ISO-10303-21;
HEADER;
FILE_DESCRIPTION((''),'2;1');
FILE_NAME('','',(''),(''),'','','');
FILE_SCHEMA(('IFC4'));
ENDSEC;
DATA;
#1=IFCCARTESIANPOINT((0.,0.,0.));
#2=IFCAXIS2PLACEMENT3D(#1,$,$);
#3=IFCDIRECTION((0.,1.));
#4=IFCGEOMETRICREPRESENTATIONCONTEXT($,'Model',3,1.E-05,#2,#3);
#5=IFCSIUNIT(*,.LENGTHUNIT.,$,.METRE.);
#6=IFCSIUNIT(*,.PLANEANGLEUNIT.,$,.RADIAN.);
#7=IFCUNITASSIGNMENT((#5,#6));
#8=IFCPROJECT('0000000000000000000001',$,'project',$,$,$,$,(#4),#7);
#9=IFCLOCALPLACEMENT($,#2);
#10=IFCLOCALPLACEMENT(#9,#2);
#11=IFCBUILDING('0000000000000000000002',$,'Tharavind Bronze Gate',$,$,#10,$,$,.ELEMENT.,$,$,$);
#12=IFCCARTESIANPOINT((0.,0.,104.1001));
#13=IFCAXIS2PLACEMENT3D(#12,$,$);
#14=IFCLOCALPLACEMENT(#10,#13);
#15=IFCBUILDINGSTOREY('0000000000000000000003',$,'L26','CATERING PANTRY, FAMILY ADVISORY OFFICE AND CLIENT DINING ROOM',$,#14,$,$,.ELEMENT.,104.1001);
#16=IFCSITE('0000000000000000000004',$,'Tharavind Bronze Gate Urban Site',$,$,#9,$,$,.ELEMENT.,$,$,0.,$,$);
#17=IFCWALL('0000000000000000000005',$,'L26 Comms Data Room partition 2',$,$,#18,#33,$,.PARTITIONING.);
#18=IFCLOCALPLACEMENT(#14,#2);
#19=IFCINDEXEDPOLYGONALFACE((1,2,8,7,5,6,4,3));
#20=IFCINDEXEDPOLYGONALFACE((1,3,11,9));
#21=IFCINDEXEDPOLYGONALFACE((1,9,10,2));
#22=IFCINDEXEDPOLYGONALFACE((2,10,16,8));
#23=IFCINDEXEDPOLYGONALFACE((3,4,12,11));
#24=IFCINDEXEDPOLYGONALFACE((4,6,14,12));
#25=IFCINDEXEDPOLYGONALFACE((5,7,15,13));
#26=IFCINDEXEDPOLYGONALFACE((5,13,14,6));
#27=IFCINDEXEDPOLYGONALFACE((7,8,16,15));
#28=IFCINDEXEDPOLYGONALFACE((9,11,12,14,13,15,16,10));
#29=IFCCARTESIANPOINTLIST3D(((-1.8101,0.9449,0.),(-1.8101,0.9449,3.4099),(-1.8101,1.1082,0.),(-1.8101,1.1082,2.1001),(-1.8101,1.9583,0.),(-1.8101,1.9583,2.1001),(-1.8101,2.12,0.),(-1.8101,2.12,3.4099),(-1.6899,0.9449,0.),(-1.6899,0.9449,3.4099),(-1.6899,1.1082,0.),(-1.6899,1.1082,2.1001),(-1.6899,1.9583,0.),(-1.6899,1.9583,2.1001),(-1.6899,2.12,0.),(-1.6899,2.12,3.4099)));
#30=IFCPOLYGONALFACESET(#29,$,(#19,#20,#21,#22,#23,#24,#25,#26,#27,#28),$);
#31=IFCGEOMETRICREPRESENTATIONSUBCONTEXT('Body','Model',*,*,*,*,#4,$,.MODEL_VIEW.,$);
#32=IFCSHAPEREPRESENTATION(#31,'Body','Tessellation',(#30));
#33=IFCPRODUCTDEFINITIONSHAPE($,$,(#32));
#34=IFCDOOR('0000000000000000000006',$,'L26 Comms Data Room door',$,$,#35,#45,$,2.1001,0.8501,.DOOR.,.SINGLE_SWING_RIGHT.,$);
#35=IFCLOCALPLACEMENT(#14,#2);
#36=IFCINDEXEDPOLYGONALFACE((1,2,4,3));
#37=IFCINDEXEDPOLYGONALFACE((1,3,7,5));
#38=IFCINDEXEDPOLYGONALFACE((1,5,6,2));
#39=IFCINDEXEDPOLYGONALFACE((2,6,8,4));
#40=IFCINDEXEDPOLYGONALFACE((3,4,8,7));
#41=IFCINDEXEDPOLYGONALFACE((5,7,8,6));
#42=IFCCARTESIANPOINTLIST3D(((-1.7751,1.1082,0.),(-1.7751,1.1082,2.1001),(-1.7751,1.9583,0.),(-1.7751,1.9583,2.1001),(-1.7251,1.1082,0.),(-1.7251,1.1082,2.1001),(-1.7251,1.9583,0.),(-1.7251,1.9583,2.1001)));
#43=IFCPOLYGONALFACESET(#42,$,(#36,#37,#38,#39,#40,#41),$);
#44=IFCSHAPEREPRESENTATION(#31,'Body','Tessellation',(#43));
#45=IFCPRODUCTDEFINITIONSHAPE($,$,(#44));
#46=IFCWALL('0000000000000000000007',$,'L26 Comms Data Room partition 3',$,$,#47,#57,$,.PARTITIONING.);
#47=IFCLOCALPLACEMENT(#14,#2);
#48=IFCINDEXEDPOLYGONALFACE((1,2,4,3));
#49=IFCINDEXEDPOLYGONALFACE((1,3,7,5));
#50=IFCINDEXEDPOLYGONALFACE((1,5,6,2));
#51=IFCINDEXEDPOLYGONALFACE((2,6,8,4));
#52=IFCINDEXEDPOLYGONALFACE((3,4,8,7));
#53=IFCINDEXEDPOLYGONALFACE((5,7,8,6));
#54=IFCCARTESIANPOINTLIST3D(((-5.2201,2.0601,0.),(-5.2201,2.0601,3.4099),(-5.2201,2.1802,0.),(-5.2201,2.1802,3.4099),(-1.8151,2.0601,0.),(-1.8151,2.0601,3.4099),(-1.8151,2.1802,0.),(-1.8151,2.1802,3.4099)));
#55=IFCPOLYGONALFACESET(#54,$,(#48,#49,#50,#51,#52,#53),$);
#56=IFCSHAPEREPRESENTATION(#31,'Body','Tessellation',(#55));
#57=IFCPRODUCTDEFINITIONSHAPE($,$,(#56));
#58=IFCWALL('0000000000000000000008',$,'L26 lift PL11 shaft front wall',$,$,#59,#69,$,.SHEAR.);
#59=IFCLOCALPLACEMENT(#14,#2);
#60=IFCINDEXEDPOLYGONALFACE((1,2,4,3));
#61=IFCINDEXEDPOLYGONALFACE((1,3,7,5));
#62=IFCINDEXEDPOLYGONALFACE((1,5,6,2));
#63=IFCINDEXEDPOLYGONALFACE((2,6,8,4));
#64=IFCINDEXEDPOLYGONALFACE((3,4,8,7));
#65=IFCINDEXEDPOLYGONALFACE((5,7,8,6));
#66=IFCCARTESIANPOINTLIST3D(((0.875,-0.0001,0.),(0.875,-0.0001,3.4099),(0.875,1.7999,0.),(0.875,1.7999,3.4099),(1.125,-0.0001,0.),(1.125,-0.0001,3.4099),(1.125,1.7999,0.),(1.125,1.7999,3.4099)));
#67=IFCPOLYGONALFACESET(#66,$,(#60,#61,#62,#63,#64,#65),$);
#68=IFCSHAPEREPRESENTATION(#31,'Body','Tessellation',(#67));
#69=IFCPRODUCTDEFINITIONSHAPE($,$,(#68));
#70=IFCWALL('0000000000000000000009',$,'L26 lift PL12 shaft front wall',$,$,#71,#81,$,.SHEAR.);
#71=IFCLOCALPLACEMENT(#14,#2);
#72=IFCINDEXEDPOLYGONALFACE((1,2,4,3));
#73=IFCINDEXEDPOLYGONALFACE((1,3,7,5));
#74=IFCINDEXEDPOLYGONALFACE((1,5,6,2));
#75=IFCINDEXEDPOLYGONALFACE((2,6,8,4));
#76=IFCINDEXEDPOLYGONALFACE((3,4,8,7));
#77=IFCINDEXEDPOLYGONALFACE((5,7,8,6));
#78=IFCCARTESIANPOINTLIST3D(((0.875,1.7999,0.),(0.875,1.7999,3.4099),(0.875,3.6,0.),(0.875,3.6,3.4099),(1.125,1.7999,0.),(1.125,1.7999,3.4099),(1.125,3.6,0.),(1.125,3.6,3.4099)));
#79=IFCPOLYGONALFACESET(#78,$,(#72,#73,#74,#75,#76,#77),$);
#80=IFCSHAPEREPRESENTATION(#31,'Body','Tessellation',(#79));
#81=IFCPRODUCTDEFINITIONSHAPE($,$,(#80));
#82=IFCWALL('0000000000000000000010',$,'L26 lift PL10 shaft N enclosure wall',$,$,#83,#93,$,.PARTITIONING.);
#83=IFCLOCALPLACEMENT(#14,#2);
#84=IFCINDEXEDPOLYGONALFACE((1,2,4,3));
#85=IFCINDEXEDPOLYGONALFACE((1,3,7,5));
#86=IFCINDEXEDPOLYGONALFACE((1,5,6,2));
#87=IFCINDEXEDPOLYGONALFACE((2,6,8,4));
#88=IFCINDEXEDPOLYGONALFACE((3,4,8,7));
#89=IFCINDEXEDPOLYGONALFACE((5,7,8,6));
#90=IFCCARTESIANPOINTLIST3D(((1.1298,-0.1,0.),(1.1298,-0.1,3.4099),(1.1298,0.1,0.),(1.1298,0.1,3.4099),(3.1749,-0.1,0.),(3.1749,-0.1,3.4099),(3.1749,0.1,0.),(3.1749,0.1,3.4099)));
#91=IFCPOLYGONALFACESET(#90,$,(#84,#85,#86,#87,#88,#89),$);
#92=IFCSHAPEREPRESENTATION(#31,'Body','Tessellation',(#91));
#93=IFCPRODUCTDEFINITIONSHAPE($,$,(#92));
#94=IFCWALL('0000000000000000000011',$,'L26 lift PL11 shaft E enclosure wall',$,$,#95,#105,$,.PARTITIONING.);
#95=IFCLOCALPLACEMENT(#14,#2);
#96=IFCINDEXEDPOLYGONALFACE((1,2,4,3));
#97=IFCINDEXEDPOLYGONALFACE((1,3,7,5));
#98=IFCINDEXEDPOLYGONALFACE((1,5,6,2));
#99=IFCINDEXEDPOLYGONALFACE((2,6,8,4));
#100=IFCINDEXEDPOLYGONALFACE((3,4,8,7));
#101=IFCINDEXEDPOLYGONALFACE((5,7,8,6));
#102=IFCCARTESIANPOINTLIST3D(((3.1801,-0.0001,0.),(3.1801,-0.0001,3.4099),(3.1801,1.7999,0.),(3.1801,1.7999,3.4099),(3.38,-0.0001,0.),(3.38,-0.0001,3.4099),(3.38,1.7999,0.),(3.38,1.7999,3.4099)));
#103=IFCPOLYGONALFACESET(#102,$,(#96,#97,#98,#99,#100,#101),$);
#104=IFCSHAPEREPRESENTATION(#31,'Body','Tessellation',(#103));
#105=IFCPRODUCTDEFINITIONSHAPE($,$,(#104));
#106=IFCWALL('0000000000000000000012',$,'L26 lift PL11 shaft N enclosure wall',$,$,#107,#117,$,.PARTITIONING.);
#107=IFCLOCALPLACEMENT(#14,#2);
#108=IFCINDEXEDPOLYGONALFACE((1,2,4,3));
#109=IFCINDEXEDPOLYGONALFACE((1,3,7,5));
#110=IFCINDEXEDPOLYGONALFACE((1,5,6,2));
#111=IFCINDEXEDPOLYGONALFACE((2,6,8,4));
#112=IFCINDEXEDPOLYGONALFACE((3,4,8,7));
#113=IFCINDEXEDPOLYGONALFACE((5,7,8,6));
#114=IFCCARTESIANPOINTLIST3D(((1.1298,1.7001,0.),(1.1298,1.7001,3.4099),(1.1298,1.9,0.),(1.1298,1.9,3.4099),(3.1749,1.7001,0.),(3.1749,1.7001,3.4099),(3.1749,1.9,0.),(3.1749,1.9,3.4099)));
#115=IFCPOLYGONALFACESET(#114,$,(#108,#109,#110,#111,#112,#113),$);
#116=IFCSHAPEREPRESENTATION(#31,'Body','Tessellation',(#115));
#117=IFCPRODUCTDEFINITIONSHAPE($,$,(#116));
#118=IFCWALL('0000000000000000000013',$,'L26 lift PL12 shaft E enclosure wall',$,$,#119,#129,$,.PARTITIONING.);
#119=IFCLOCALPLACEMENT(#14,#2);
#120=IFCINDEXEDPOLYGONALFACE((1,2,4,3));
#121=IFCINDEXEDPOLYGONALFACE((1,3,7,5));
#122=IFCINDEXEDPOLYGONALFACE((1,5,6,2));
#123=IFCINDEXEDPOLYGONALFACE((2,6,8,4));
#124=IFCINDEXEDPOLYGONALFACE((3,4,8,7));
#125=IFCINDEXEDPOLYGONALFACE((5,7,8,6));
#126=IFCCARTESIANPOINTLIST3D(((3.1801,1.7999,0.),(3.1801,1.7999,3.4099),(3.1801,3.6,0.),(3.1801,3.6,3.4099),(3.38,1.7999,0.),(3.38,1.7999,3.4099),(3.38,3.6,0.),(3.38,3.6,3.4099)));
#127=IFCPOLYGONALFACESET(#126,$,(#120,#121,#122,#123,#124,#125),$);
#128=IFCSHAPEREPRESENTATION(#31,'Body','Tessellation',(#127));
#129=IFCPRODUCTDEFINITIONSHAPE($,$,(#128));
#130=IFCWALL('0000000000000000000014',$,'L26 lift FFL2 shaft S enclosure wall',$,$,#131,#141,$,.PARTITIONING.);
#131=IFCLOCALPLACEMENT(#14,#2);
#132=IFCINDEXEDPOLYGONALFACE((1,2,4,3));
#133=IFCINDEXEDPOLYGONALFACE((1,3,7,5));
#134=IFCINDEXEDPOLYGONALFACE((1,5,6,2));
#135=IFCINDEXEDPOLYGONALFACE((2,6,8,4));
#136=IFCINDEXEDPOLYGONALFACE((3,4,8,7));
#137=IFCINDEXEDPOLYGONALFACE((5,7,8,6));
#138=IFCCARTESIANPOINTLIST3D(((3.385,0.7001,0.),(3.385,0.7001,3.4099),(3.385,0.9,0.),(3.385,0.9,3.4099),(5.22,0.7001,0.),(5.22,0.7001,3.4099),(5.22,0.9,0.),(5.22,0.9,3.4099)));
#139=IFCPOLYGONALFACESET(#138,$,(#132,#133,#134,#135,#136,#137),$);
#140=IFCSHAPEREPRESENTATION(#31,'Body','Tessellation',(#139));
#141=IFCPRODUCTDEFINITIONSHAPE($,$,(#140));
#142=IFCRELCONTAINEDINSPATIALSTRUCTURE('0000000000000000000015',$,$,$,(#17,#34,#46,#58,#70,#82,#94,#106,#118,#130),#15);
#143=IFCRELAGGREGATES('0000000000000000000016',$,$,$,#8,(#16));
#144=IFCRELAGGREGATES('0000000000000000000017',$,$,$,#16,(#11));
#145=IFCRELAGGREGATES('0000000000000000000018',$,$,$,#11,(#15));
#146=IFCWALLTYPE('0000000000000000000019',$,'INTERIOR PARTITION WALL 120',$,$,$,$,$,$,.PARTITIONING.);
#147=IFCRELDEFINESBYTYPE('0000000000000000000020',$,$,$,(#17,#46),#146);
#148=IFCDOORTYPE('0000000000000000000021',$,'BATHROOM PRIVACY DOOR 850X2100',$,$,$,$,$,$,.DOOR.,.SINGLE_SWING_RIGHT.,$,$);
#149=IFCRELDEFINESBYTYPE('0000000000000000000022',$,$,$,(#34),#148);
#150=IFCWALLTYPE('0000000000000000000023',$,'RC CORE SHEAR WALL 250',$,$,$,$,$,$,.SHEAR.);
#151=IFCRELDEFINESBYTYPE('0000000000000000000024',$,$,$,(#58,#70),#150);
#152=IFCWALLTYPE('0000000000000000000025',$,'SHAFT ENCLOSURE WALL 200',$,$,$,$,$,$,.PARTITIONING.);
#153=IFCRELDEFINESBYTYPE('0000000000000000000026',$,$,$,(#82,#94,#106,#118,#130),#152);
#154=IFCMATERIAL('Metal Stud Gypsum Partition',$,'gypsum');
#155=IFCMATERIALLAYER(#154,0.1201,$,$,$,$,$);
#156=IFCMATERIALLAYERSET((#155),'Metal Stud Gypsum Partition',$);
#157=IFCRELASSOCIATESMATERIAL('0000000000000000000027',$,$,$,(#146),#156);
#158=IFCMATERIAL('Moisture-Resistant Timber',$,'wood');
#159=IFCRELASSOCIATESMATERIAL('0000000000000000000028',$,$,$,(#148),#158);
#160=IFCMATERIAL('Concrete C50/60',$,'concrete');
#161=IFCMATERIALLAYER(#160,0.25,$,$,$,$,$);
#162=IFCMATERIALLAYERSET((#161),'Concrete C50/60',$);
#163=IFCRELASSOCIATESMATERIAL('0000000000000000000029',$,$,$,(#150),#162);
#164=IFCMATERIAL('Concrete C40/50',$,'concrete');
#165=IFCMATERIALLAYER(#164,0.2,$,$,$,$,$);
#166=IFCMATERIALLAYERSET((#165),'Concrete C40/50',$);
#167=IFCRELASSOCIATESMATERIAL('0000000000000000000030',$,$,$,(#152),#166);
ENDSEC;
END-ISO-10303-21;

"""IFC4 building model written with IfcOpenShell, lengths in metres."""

from ifc_helpers import new_model, si_unit, direction, frame, frame_2d, origin, place, context, subcontext, project, spatial, rectangle, extrude, material, layer, layer_set, type_object, element, fill, save


model = new_model("IFC4")

# Units and contexts
model_context = context("Model", 3, precision=1e-05, world=origin(), true_north=direction((0.0, 1.0)))
body_context = subcontext(model_context, "Body", "Model", "MODEL_VIEW")
ifc_project = project(units=[si_unit("LENGTHUNIT", "METRE"), si_unit("PLANEANGLEUNIT", "RADIAN")], contexts=[model_context])

# Site, building, storey
site_placement = place(None, origin())
site = spatial("IfcSite", under=ifc_project, at=site_placement, Name="Tharavind Bronze Gate Urban Site", CompositionType="ELEMENT", RefElevation=0.0)
building_placement = place(site_placement, origin())
building = spatial("IfcBuilding", under=site, at=building_placement, Name="Tharavind Bronze Gate", CompositionType="ELEMENT")
storey_placement = place(building_placement, frame((0.0, 0.0, 104.1001)))
storey = spatial("IfcBuildingStorey", under=building, at=storey_placement, Name="L26", Description="CATERING PANTRY, FAMILY ADVISORY OFFICE AND CLIENT DINING ROOM", CompositionType="ELEMENT", Elevation=104.1001)

# Shared definitions
ifc_material_1 = material(Name="Concrete C40/50", Category="concrete")

# Shared definitions
ifc_material_2 = material(Name="Metal Stud Gypsum Partition", Category="gypsum")
ifc_layer_1 = layer(ifc_material_2, 0.1201)
ifc_layer_set_1 = layer_set([ifc_layer_1], Name="Metal Stud Gypsum Partition")
wall_type_1 = type_object("IfcWallType", Name="INTERIOR PARTITION WALL 120", PredefinedType="PARTITIONING", material=ifc_layer_set_1)
ifc_material_3 = material(Name="Moisture-Resistant Timber", Category="wood")
door_type = type_object("IfcDoorType", Name="BATHROOM PRIVACY DOOR 850X2100", OperationType="SINGLE_SWING_RIGHT", PredefinedType="DOOR", material=ifc_material_3)

# Wall, opening, door
wall_1_placement = place(storey_placement, frame((-1.75, 0.9451, 0.0), z_axis=(0.0, 0.0, 1.0), x_axis=(0.0, 1.0, 0.0)))
wall_1 = element("IfcWall", 1, at=wall_1_placement, inside=storey, type_object=wall_type_1, Name="L26 Comms Data Room partition 2", PredefinedType="PARTITIONING", context=body_context, shape_type="SweptSolid", body=[
    extrude(rectangle(XDim=1.175, YDim=0.1201, at=frame_2d((0.5874, 0.0))), origin(), (0.0, 0.0, 1.0), 3.4099),
])
opening_1_placement = place(wall_1_placement, frame((0.1631, 0.0, 0.0)))
opening_1 = element("IfcOpeningElement", 2, at=opening_1_placement, cuts=wall_1, PredefinedType="OPENING", context=body_context, shape_type="SweptSolid", body=[
    extrude(rectangle(XDim=0.8501, YDim=2.1001, at=frame_2d((0.425, 1.05))), frame((0.0, 0.0701, 0.0), z_axis=(0.0, -1.0, 0.0), x_axis=(1.0, 0.0, 0.0)), (0.0, 0.0, 1.0), 0.1401),
])
door_1_placement = place(opening_1_placement, frame((0.8501, 0.0, 0.0), z_axis=(0.0, 0.0, 1.0), x_axis=(-1.0, 0.0, 0.0)))
door_1 = element("IfcDoor", 3, at=door_1_placement, inside=storey, type_object=door_type, Name="L26 Comms Data Room door", OperationType="SINGLE_SWING_RIGHT", OverallHeight=2.1001, OverallWidth=0.8501, PredefinedType="DOOR", context=body_context, shape_type="SweptSolid", body=[
    extrude(rectangle(XDim=0.8501, YDim=2.1001, at=frame_2d((0.425, 1.05))), frame((0.0, 0.0249, 0.0), z_axis=(0.0, -1.0, 0.0), x_axis=(1.0, 0.0, 0.0)), (0.0, 0.0, 1.0), 0.05),
])
fill(opening_1, door_1)

# Walls
wall_2_placement = place(storey_placement, frame((-1.8149, 2.1201, 0.0), z_axis=(0.0, 0.0, 1.0), x_axis=(-1.0, 0.0, 0.0)))
element("IfcWall", 4, at=wall_2_placement, inside=storey, type_object=wall_type_1, Name="L26 Comms Data Room partition 3", PredefinedType="PARTITIONING", context=body_context, shape_type="SweptSolid", body=[
    extrude(rectangle(XDim=3.405, YDim=0.1201, at=frame_2d((1.7026, 0.0))), origin(), (0.0, 0.0, 1.0), 3.4099),
])
ifc_material_4 = material(Name="Concrete C50/60", Category="concrete")
ifc_layer_2 = layer(ifc_material_4, 0.25)
ifc_layer_set_2 = layer_set([ifc_layer_2], Name="Concrete C50/60")
wall_type_2 = type_object("IfcWallType", Name="RC CORE SHEAR WALL 250", PredefinedType="SHEAR", material=ifc_layer_set_2)
for number, where, z_axis, x_axis, name in (
    (5, (1.0, 0.0, 0.0), (0.0, 0.0, 1.0), (0.0, 1.0, 0.0), "L26 lift PL11 shaft front wall"),
    (6, (1.0, 1.8, 0.0), (0.0, 0.0, 1.0), (0.0, 1.0, 0.0), "L26 lift PL12 shaft front wall"),
):
    element("IfcWall", number, at=place(storey_placement, frame(where, z_axis=z_axis, x_axis=x_axis)), inside=storey, type_object=wall_type_2, Name=name, PredefinedType="SHEAR", context=body_context, shape_type="SweptSolid", body=[
        extrude(rectangle(XDim=1.8, YDim=0.25, at=frame_2d((0.8999, 0.0))), origin(), (0.0, 0.0, 1.0), 3.4099),
    ])
ifc_layer_3 = layer(ifc_material_1, 0.2)
ifc_layer_set_3 = layer_set([ifc_layer_3], Name="Concrete C40/50")
wall_type_3 = type_object("IfcWallType", Name="SHAFT ENCLOSURE WALL 200", PredefinedType="PARTITIONING", material=ifc_layer_set_3)
wall_3_placement = place(storey_placement, frame((1.1299, 0.0, 0.0), z_axis=(0.0, 0.0, 1.0), x_axis=(1.0, 0.0, 0.0)))
element("IfcWall", 7, at=wall_3_placement, inside=storey, type_object=wall_type_3, Name="L26 lift PL10 shaft N enclosure wall", PredefinedType="PARTITIONING", context=body_context, shape_type="SweptSolid", body=[
    extrude(rectangle(XDim=2.0452, YDim=0.2, at=frame_2d((1.0225, 0.0))), origin(), (0.0, 0.0, 1.0), 3.4099),
])
wall_4_placement = place(storey_placement, frame((3.28, 0.0, 0.0), z_axis=(0.0, 0.0, 1.0), x_axis=(0.0, 1.0, 0.0)))
element("IfcWall", 8, at=wall_4_placement, inside=storey, type_object=wall_type_3, Name="L26 lift PL11 shaft E enclosure wall", PredefinedType="PARTITIONING", context=body_context, shape_type="SweptSolid", body=[
    extrude(rectangle(XDim=1.8, YDim=0.2, at=frame_2d((0.8999, 0.0))), origin(), (0.0, 0.0, 1.0), 3.4099),
])
wall_5_placement = place(storey_placement, frame((1.1299, 1.8, 0.0), z_axis=(0.0, 0.0, 1.0), x_axis=(1.0, 0.0, 0.0)))
element("IfcWall", 9, at=wall_5_placement, inside=storey, type_object=wall_type_3, Name="L26 lift PL11 shaft N enclosure wall", PredefinedType="PARTITIONING", context=body_context, shape_type="SweptSolid", body=[
    extrude(rectangle(XDim=2.0452, YDim=0.2, at=frame_2d((1.0225, 0.0))), origin(), (0.0, 0.0, 1.0), 3.4099),
])
wall_6_placement = place(storey_placement, frame((3.28, 1.8, 0.0), z_axis=(0.0, 0.0, 1.0), x_axis=(0.0, 1.0, 0.0)))
element("IfcWall", 10, at=wall_6_placement, inside=storey, type_object=wall_type_3, Name="L26 lift PL12 shaft E enclosure wall", PredefinedType="PARTITIONING", context=body_context, shape_type="SweptSolid", body=[
    extrude(rectangle(XDim=1.8, YDim=0.2, at=frame_2d((0.8999, 0.0))), origin(), (0.0, 0.0, 1.0), 3.4099),
])
wall_7_placement = place(storey_placement, frame((3.385, 0.8, 0.0), z_axis=(0.0, 0.0, 1.0), x_axis=(1.0, 0.0, 0.0)))
element("IfcWall", 11, at=wall_7_placement, inside=storey, type_object=wall_type_3, Name="L26 lift FFL2 shaft S enclosure wall", PredefinedType="PARTITIONING", context=body_context, shape_type="SweptSolid", body=[
    extrude(rectangle(XDim=1.835, YDim=0.2, at=frame_2d((0.9175, 0.0))), origin(), (0.0, 0.0, 1.0), 3.4099),
])

save(model, "model.ifc")
